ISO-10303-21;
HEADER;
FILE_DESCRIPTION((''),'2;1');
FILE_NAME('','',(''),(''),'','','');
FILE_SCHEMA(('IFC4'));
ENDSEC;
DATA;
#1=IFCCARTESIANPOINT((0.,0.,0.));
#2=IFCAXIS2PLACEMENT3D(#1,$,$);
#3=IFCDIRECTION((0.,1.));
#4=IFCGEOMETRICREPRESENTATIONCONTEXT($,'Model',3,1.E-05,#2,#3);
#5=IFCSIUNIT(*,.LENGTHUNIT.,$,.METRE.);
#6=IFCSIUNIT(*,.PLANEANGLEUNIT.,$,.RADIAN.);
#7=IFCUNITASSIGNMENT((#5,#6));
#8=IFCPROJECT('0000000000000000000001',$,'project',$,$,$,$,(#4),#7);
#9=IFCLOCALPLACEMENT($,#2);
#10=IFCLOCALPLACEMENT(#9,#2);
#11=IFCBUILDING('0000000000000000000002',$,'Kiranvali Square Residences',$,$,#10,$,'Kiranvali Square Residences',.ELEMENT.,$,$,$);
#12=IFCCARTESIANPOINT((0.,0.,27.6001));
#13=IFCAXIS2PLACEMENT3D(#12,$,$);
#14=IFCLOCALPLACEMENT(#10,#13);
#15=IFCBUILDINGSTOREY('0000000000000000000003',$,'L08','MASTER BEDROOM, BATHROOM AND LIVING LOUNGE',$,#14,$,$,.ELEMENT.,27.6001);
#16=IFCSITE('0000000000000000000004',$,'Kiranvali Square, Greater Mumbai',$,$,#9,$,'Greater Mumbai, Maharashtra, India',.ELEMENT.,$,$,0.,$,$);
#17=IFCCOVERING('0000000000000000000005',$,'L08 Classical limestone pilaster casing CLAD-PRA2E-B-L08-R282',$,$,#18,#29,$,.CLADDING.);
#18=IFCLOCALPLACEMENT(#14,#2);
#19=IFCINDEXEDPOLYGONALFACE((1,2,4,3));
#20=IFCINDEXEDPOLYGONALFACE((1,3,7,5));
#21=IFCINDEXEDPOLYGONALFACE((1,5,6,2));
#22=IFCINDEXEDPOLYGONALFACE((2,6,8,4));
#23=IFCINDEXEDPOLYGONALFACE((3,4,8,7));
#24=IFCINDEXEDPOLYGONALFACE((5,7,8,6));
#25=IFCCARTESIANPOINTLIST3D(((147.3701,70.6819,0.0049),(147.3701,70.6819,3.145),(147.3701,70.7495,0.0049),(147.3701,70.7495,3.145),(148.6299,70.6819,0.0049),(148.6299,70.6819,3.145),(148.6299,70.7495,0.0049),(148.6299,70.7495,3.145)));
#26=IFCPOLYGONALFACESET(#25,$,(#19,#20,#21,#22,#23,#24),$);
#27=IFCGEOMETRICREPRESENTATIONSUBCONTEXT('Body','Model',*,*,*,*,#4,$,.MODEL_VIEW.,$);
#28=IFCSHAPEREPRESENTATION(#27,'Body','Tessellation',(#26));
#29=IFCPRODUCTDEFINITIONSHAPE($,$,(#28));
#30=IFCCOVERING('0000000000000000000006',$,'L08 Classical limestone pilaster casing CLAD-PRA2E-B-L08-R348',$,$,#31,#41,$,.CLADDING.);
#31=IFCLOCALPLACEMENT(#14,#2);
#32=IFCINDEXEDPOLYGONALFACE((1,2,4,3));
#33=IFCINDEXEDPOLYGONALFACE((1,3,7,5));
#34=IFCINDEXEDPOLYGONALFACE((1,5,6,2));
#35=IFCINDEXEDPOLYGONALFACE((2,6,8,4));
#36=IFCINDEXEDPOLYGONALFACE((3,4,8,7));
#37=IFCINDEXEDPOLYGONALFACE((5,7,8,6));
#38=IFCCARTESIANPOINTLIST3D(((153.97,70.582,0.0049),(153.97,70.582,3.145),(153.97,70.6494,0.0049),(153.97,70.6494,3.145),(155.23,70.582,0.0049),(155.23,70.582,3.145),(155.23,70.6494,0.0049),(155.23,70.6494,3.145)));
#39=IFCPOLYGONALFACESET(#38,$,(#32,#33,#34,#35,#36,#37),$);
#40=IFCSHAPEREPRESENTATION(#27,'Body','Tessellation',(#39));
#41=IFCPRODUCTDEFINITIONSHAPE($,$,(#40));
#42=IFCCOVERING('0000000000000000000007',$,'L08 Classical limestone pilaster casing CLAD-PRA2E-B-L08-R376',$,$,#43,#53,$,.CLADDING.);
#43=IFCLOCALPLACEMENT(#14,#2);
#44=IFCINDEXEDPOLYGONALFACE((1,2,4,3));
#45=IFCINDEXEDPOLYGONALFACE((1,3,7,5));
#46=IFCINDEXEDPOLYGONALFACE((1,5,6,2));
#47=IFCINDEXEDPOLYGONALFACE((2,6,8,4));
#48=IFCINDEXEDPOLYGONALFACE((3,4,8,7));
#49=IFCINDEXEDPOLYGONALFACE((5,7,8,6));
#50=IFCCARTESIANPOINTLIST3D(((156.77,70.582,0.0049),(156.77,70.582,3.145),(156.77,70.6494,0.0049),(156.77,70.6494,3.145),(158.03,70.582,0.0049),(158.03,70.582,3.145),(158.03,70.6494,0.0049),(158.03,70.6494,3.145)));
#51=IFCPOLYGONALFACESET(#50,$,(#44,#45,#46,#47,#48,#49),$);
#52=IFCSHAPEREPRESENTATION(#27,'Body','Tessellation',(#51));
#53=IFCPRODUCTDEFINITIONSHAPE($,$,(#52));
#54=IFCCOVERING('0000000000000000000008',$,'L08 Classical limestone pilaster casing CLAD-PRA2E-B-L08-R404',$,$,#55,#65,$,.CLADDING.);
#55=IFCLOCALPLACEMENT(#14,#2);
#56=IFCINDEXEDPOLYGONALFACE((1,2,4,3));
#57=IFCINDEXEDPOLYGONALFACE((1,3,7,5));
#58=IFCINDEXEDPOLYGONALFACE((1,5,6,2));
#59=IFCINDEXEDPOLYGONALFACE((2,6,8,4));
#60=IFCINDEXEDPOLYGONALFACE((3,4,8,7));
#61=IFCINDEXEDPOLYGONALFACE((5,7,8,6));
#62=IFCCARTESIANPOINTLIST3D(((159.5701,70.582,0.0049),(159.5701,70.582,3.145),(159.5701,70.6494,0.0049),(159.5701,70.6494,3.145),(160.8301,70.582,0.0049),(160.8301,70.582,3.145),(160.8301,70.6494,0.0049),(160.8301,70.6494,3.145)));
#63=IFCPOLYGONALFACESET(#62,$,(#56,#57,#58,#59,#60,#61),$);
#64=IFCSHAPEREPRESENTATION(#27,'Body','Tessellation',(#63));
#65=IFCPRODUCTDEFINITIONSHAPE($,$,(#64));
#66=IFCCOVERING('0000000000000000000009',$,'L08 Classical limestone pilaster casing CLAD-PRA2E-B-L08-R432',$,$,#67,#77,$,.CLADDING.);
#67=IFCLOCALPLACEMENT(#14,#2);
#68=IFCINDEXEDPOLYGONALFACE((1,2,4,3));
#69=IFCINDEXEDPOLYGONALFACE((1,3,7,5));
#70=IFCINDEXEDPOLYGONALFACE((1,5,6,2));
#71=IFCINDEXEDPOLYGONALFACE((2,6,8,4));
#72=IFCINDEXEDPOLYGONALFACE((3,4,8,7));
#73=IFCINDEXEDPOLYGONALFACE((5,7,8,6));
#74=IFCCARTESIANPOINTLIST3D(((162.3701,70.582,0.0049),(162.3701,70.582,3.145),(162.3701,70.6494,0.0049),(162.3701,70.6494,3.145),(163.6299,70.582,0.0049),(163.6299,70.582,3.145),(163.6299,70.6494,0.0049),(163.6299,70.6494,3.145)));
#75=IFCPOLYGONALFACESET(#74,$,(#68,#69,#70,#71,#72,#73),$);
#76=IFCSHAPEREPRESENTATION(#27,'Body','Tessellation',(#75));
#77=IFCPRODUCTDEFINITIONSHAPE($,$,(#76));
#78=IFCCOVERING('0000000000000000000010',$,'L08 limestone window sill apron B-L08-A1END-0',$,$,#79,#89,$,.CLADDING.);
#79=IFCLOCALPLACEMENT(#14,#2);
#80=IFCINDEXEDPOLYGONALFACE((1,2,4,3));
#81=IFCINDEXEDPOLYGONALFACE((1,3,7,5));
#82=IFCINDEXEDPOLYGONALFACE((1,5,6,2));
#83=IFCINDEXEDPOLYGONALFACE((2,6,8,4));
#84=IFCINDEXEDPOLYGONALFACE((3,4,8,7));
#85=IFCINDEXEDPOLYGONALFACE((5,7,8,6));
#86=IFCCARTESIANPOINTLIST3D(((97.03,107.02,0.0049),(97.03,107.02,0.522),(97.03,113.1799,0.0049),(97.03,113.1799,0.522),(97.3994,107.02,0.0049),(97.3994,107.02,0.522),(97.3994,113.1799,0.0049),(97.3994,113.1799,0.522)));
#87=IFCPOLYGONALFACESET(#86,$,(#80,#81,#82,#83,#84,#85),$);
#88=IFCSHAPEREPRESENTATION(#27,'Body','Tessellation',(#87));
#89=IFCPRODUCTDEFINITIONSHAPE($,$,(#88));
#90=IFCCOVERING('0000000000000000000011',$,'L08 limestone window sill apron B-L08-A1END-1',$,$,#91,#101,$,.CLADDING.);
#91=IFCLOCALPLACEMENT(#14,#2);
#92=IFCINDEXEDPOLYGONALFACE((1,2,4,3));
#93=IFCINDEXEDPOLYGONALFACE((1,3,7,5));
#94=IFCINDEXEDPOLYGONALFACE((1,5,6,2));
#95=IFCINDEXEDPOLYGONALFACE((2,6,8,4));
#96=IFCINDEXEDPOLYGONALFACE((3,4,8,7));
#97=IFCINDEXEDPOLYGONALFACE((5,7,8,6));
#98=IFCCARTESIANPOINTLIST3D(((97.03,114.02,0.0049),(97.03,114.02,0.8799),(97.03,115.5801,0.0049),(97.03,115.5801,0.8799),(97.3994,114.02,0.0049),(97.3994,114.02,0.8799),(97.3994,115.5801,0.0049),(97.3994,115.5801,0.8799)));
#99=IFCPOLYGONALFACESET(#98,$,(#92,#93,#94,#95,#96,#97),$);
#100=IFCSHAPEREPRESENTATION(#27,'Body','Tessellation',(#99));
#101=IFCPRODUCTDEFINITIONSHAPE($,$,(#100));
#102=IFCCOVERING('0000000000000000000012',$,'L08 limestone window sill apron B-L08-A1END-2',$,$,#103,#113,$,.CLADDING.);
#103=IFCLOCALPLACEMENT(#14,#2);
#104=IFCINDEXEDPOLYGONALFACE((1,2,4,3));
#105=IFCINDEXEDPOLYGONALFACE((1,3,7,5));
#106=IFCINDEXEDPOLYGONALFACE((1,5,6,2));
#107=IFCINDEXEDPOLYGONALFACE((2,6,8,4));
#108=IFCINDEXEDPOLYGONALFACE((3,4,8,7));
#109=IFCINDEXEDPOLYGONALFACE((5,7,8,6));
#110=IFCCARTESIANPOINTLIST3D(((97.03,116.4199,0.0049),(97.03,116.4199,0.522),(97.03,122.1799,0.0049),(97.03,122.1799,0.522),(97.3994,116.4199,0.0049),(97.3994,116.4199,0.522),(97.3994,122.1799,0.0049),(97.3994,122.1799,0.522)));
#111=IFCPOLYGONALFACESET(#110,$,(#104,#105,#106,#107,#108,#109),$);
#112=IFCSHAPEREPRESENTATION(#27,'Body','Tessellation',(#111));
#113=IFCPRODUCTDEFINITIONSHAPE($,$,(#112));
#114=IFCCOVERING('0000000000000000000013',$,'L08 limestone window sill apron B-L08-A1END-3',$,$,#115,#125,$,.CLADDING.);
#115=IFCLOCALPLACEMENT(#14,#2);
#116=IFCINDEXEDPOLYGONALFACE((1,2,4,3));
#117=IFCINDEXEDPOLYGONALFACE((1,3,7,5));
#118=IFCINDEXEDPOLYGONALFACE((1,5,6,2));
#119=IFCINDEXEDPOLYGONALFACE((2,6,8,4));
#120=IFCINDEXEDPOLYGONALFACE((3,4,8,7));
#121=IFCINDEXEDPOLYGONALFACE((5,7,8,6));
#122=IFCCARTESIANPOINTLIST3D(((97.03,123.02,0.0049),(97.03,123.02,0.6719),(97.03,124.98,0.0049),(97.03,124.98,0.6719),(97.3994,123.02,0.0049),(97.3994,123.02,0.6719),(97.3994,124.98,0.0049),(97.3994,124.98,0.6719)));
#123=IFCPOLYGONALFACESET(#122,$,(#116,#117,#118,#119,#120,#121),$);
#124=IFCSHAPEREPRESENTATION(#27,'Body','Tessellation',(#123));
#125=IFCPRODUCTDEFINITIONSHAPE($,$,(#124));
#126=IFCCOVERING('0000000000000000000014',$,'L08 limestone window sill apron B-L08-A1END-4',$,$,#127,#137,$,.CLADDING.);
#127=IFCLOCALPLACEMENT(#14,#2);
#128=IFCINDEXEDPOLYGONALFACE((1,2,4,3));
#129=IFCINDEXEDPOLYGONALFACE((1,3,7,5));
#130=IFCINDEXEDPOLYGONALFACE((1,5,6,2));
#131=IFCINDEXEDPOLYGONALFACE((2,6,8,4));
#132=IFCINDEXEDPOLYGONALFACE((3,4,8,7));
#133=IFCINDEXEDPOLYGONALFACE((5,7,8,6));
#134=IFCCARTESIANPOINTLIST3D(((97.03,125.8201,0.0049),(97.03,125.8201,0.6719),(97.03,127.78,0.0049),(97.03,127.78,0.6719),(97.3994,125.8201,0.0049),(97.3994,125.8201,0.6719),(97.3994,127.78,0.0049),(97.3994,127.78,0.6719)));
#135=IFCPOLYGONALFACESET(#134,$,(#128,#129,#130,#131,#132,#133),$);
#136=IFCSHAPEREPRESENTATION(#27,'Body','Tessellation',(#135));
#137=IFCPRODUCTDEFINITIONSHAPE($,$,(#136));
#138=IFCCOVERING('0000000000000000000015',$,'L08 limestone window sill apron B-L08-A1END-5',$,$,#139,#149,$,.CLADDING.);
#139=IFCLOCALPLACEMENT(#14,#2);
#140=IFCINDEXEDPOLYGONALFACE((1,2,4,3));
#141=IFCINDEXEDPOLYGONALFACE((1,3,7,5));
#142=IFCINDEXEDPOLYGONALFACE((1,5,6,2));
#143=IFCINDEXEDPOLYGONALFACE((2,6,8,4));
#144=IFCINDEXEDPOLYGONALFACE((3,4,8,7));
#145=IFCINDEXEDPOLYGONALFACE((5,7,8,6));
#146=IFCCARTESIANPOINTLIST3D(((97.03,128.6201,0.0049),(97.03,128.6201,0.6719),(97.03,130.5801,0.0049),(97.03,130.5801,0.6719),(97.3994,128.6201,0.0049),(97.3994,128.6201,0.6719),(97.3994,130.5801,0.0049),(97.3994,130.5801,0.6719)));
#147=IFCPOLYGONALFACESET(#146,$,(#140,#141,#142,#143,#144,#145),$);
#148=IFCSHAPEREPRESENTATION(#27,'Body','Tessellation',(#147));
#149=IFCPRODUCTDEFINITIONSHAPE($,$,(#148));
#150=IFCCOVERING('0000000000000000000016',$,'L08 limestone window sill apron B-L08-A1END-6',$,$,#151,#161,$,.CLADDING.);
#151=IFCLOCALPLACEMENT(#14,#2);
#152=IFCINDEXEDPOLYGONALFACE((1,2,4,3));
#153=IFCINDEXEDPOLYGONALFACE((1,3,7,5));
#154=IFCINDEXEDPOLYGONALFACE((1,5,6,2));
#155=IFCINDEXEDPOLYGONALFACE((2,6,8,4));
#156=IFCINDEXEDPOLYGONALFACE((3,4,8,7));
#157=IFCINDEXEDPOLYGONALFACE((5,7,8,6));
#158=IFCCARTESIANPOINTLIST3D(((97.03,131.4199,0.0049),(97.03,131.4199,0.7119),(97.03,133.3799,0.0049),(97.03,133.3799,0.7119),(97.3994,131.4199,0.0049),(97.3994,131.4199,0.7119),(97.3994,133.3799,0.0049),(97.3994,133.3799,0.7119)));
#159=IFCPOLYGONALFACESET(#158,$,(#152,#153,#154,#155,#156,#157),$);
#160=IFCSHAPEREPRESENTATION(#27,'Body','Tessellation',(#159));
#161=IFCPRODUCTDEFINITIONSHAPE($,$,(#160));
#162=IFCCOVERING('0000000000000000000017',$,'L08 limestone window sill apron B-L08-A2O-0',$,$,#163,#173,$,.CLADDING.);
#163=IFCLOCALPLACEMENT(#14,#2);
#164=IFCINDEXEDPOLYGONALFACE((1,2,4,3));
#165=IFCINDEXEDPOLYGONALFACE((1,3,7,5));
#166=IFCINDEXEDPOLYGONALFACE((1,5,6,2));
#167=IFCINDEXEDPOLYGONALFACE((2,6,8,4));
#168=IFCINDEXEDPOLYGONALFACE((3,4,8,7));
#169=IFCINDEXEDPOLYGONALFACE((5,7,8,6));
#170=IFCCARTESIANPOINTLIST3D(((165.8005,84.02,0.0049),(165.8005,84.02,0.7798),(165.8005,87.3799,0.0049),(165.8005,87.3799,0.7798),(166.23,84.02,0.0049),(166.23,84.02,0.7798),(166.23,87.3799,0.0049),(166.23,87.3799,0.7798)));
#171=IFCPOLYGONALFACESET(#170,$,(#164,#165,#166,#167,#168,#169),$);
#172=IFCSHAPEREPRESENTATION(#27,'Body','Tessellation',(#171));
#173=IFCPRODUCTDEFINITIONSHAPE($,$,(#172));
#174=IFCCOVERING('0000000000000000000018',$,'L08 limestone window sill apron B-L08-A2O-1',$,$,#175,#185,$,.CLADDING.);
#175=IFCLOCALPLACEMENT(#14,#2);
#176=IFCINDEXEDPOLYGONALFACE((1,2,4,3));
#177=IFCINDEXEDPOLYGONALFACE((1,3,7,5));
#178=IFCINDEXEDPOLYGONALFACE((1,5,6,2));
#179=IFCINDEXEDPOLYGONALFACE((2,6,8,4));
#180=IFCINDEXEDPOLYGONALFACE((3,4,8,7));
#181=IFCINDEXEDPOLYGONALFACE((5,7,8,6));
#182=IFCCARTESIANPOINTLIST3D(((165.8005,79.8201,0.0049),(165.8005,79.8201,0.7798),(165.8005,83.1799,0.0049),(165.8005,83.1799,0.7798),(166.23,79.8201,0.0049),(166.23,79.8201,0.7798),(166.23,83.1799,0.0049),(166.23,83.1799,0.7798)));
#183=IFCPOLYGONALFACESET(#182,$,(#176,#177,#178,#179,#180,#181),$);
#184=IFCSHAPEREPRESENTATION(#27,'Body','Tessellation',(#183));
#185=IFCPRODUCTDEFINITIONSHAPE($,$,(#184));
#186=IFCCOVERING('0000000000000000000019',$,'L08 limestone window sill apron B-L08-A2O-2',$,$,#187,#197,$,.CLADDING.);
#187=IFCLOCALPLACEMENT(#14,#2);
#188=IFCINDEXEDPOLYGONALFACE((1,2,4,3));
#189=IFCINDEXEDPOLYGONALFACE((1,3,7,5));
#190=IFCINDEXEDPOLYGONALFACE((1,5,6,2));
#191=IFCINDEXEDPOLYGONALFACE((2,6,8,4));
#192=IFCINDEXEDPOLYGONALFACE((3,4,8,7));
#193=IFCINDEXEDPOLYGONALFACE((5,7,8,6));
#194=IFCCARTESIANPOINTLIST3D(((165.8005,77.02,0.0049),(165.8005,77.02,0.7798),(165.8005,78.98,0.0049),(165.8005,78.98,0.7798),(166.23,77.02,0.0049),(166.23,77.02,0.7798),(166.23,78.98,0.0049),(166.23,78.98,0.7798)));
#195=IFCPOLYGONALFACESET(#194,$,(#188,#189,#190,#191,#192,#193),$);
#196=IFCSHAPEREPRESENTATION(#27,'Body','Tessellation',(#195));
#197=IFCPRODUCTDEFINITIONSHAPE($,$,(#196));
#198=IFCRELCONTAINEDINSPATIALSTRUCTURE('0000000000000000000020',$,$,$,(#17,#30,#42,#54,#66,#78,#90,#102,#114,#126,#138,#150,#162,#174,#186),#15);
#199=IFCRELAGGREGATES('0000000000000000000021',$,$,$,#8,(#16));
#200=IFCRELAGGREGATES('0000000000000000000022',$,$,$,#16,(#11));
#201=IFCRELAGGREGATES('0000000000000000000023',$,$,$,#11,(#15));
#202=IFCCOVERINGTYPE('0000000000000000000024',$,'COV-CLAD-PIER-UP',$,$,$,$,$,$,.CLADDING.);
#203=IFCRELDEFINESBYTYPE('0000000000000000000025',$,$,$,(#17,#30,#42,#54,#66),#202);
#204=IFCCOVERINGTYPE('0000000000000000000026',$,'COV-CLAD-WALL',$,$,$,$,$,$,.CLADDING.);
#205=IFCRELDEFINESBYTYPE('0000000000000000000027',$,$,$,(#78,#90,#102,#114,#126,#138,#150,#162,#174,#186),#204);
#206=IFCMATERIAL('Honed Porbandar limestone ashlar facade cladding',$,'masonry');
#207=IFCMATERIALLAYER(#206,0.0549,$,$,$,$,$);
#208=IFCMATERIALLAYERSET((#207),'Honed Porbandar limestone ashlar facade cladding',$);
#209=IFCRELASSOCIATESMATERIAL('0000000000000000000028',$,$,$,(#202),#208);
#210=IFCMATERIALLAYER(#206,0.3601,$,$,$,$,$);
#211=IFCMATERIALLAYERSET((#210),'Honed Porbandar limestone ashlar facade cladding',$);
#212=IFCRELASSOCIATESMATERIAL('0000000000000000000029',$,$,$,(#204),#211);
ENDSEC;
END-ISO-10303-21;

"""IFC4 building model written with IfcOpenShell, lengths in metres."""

from ifc_helpers import new_model, si_unit, direction, frame, origin, place, context, subcontext, project, spatial, polyline, outline, extrude, material, layer, layer_set, type_object, element, save


model = new_model("IFC4")

# Units and contexts
model_context = context("Model", 3, precision=1e-05, world=origin(), true_north=direction((0.0, 1.0)))
body_context = subcontext(model_context, "Body", "Model", "MODEL_VIEW")
ifc_project = project(units=[si_unit("LENGTHUNIT", "METRE"), si_unit("PLANEANGLEUNIT", "RADIAN")], contexts=[model_context])

# Site, building, storey
site_placement = place(None, origin())
site = spatial("IfcSite", under=ifc_project, at=site_placement, Name="Kiranvali Square, Greater Mumbai", LongName="Greater Mumbai, Maharashtra, India", CompositionType="ELEMENT", RefElevation=0.0)
building_placement = place(site_placement, origin())
building = spatial("IfcBuilding", under=site, at=building_placement, Name="Kiranvali Square Residences", LongName="Kiranvali Square Residences", CompositionType="ELEMENT")
storey_placement = place(building_placement, frame((0.0, 0.0, 27.6001)))
storey = spatial("IfcBuildingStorey", under=building, at=storey_placement, Name="L08", Description="MASTER BEDROOM, BATHROOM AND LIVING LOUNGE", CompositionType="ELEMENT", Elevation=27.6001)

# Coverings
ifc_material = material(Name="Honed Porbandar limestone ashlar facade cladding", Category="masonry")
ifc_layer_1 = layer(ifc_material, 0.0549)
ifc_layer_set_1 = layer_set([ifc_layer_1], Name="Honed Porbandar limestone ashlar facade cladding")
covering_type_1 = type_object("IfcCoveringType", Name="COV-CLAD-PIER-UP", PredefinedType="CLADDING", material=ifc_layer_set_1)
covering_1_placement = place(storey_placement, frame((0.0, 0.0, 0.0049)))
element("IfcCovering", 1, at=covering_1_placement, inside=storey, type_object=covering_type_1, Name="L08 Classical limestone pilaster casing CLAD-PRA2E-B-L08-R282", PredefinedType="CLADDING", context=body_context, shape_type="SweptSolid", body=[
    extrude(outline(polyline([(147.3701, 70.6819), (148.6299, 70.6819), (148.6299, 70.7495), (147.3701, 70.7495), (147.3701, 70.6819)])), origin(), (0.0, 0.0, 1.0), 3.1401),
])
covering_2_placement = place(storey_placement, frame((0.0, 0.0, 0.0049)))
element("IfcCovering", 2, at=covering_2_placement, inside=storey, type_object=covering_type_1, Name="L08 Classical limestone pilaster casing CLAD-PRA2E-B-L08-R348", PredefinedType="CLADDING", context=body_context, shape_type="SweptSolid", body=[
    extrude(outline(polyline([(153.97, 70.582), (155.23, 70.582), (155.23, 70.6494), (153.97, 70.6494), (153.97, 70.582)])), origin(), (0.0, 0.0, 1.0), 3.1401),
])
covering_3_placement = place(storey_placement, frame((0.0, 0.0, 0.0049)))
element("IfcCovering", 3, at=covering_3_placement, inside=storey, type_object=covering_type_1, Name="L08 Classical limestone pilaster casing CLAD-PRA2E-B-L08-R376", PredefinedType="CLADDING", context=body_context, shape_type="SweptSolid", body=[
    extrude(outline(polyline([(156.77, 70.582), (158.03, 70.582), (158.03, 70.6494), (156.77, 70.6494), (156.77, 70.582)])), origin(), (0.0, 0.0, 1.0), 3.1401),
])
covering_4_placement = place(storey_placement, frame((0.0, 0.0, 0.0049)))
element("IfcCovering", 4, at=covering_4_placement, inside=storey, type_object=covering_type_1, Name="L08 Classical limestone pilaster casing CLAD-PRA2E-B-L08-R404", PredefinedType="CLADDING", context=body_context, shape_type="SweptSolid", body=[
    extrude(outline(polyline([(159.5701, 70.582), (160.8301, 70.582), (160.8301, 70.6494), (159.5701, 70.6494), (159.5701, 70.582)])), origin(), (0.0, 0.0, 1.0), 3.1401),
])
covering_5_placement = place(storey_placement, frame((0.0, 0.0, 0.0049)))
element("IfcCovering", 5, at=covering_5_placement, inside=storey, type_object=covering_type_1, Name="L08 Classical limestone pilaster casing CLAD-PRA2E-B-L08-R432", PredefinedType="CLADDING", context=body_context, shape_type="SweptSolid", body=[
    extrude(outline(polyline([(162.3701, 70.582), (163.6299, 70.582), (163.6299, 70.6494), (162.3701, 70.6494), (162.3701, 70.582)])), origin(), (0.0, 0.0, 1.0), 3.1401),
])
ifc_layer_2 = layer(ifc_material, 0.3601)
ifc_layer_set_2 = layer_set([ifc_layer_2], Name="Honed Porbandar limestone ashlar facade cladding")
covering_type_2 = type_object("IfcCoveringType", Name="COV-CLAD-WALL", PredefinedType="CLADDING", material=ifc_layer_set_2)
covering_6_placement = place(storey_placement, frame((0.0, 0.0, 0.0049)))
element("IfcCovering", 6, at=covering_6_placement, inside=storey, type_object=covering_type_2, Name="L08 limestone window sill apron B-L08-A1END-0", PredefinedType="CLADDING", context=body_context, shape_type="SweptSolid", body=[
    extrude(outline(polyline([(97.3994, 107.02), (97.3994, 113.1799), (97.03, 113.1799), (97.03, 107.02), (97.3994, 107.02)])), origin(), (0.0, 0.0, 1.0), 0.5171),
])
covering_7_placement = place(storey_placement, frame((0.0, 0.0, 0.0049)))
element("IfcCovering", 7, at=covering_7_placement, inside=storey, type_object=covering_type_2, Name="L08 limestone window sill apron B-L08-A1END-1", PredefinedType="CLADDING", context=body_context, shape_type="SweptSolid", body=[
    extrude(outline(polyline([(97.3994, 114.02), (97.3994, 115.5801), (97.03, 115.5801), (97.03, 114.02), (97.3994, 114.02)])), origin(), (0.0, 0.0, 1.0), 0.875),
])
covering_8_placement = place(storey_placement, frame((0.0, 0.0, 0.0049)))
element("IfcCovering", 8, at=covering_8_placement, inside=storey, type_object=covering_type_2, Name="L08 limestone window sill apron B-L08-A1END-2", PredefinedType="CLADDING", context=body_context, shape_type="SweptSolid", body=[
    extrude(outline(polyline([(97.3994, 116.4199), (97.3994, 122.1799), (97.03, 122.1799), (97.03, 116.4199), (97.3994, 116.4199)])), origin(), (0.0, 0.0, 1.0), 0.5171),
])
covering_9_placement = place(storey_placement, frame((0.0, 0.0, 0.0049)))
element("IfcCovering", 9, at=covering_9_placement, inside=storey, type_object=covering_type_2, Name="L08 limestone window sill apron B-L08-A1END-3", PredefinedType="CLADDING", context=body_context, shape_type="SweptSolid", body=[
    extrude(outline(polyline([(97.3994, 123.02), (97.3994, 124.98), (97.03, 124.98), (97.03, 123.02), (97.3994, 123.02)])), origin(), (0.0, 0.0, 1.0), 0.667),
])
covering_10_placement = place(storey_placement, frame((0.0, 0.0, 0.0049)))
element("IfcCovering", 10, at=covering_10_placement, inside=storey, type_object=covering_type_2, Name="L08 limestone window sill apron B-L08-A1END-4", PredefinedType="CLADDING", context=body_context, shape_type="SweptSolid", body=[
    extrude(outline(polyline([(97.3994, 125.8201), (97.3994, 127.78), (97.03, 127.78), (97.03, 125.8201), (97.3994, 125.8201)])), origin(), (0.0, 0.0, 1.0), 0.667),
])
covering_11_placement = place(storey_placement, frame((0.0, 0.0, 0.0049)))
element("IfcCovering", 11, at=covering_11_placement, inside=storey, type_object=covering_type_2, Name="L08 limestone window sill apron B-L08-A1END-5", PredefinedType="CLADDING", context=body_context, shape_type="SweptSolid", body=[
    extrude(outline(polyline([(97.3994, 128.6201), (97.3994, 130.5801), (97.03, 130.5801), (97.03, 128.6201), (97.3994, 128.6201)])), origin(), (0.0, 0.0, 1.0), 0.667),
])
covering_12_placement = place(storey_placement, frame((0.0, 0.0, 0.0049)))
element("IfcCovering", 12, at=covering_12_placement, inside=storey, type_object=covering_type_2, Name="L08 limestone window sill apron B-L08-A1END-6", PredefinedType="CLADDING", context=body_context, shape_type="SweptSolid", body=[
    extrude(outline(polyline([(97.3994, 131.4199), (97.3994, 133.3799), (97.03, 133.3799), (97.03, 131.4199), (97.3994, 131.4199)])), origin(), (0.0, 0.0, 1.0), 0.707),
])
covering_13_placement = place(storey_placement, frame((0.0, 0.0, 0.0049)))
element("IfcCovering", 13, at=covering_13_placement, inside=storey, type_object=covering_type_2, Name="L08 limestone window sill apron B-L08-A2O-0", PredefinedType="CLADDING", context=body_context, shape_type="SweptSolid", body=[
    extrude(outline(polyline([(165.8005, 87.3799), (165.8005, 84.02), (166.23, 84.02), (166.23, 87.3799), (165.8005, 87.3799)])), origin(), (0.0, 0.0, 1.0), 0.7749),
])
covering_14_placement = place(storey_placement, frame((0.0, 0.0, 0.0049)))
element("IfcCovering", 14, at=covering_14_placement, inside=storey, type_object=covering_type_2, Name="L08 limestone window sill apron B-L08-A2O-1", PredefinedType="CLADDING", context=body_context, shape_type="SweptSolid", body=[
    extrude(outline(polyline([(165.8005, 83.1799), (165.8005, 79.8201), (166.23, 79.8201), (166.23, 83.1799), (165.8005, 83.1799)])), origin(), (0.0, 0.0, 1.0), 0.7749),
])
covering_15_placement = place(storey_placement, frame((0.0, 0.0, 0.0049)))
element("IfcCovering", 15, at=covering_15_placement, inside=storey, type_object=covering_type_2, Name="L08 limestone window sill apron B-L08-A2O-2", PredefinedType="CLADDING", context=body_context, shape_type="SweptSolid", body=[
    extrude(outline(polyline([(165.8005, 78.98), (165.8005, 77.02), (166.23, 77.02), (166.23, 78.98), (165.8005, 78.98)])), origin(), (0.0, 0.0, 1.0), 0.7749),
])

save(model, "model.ifc")
